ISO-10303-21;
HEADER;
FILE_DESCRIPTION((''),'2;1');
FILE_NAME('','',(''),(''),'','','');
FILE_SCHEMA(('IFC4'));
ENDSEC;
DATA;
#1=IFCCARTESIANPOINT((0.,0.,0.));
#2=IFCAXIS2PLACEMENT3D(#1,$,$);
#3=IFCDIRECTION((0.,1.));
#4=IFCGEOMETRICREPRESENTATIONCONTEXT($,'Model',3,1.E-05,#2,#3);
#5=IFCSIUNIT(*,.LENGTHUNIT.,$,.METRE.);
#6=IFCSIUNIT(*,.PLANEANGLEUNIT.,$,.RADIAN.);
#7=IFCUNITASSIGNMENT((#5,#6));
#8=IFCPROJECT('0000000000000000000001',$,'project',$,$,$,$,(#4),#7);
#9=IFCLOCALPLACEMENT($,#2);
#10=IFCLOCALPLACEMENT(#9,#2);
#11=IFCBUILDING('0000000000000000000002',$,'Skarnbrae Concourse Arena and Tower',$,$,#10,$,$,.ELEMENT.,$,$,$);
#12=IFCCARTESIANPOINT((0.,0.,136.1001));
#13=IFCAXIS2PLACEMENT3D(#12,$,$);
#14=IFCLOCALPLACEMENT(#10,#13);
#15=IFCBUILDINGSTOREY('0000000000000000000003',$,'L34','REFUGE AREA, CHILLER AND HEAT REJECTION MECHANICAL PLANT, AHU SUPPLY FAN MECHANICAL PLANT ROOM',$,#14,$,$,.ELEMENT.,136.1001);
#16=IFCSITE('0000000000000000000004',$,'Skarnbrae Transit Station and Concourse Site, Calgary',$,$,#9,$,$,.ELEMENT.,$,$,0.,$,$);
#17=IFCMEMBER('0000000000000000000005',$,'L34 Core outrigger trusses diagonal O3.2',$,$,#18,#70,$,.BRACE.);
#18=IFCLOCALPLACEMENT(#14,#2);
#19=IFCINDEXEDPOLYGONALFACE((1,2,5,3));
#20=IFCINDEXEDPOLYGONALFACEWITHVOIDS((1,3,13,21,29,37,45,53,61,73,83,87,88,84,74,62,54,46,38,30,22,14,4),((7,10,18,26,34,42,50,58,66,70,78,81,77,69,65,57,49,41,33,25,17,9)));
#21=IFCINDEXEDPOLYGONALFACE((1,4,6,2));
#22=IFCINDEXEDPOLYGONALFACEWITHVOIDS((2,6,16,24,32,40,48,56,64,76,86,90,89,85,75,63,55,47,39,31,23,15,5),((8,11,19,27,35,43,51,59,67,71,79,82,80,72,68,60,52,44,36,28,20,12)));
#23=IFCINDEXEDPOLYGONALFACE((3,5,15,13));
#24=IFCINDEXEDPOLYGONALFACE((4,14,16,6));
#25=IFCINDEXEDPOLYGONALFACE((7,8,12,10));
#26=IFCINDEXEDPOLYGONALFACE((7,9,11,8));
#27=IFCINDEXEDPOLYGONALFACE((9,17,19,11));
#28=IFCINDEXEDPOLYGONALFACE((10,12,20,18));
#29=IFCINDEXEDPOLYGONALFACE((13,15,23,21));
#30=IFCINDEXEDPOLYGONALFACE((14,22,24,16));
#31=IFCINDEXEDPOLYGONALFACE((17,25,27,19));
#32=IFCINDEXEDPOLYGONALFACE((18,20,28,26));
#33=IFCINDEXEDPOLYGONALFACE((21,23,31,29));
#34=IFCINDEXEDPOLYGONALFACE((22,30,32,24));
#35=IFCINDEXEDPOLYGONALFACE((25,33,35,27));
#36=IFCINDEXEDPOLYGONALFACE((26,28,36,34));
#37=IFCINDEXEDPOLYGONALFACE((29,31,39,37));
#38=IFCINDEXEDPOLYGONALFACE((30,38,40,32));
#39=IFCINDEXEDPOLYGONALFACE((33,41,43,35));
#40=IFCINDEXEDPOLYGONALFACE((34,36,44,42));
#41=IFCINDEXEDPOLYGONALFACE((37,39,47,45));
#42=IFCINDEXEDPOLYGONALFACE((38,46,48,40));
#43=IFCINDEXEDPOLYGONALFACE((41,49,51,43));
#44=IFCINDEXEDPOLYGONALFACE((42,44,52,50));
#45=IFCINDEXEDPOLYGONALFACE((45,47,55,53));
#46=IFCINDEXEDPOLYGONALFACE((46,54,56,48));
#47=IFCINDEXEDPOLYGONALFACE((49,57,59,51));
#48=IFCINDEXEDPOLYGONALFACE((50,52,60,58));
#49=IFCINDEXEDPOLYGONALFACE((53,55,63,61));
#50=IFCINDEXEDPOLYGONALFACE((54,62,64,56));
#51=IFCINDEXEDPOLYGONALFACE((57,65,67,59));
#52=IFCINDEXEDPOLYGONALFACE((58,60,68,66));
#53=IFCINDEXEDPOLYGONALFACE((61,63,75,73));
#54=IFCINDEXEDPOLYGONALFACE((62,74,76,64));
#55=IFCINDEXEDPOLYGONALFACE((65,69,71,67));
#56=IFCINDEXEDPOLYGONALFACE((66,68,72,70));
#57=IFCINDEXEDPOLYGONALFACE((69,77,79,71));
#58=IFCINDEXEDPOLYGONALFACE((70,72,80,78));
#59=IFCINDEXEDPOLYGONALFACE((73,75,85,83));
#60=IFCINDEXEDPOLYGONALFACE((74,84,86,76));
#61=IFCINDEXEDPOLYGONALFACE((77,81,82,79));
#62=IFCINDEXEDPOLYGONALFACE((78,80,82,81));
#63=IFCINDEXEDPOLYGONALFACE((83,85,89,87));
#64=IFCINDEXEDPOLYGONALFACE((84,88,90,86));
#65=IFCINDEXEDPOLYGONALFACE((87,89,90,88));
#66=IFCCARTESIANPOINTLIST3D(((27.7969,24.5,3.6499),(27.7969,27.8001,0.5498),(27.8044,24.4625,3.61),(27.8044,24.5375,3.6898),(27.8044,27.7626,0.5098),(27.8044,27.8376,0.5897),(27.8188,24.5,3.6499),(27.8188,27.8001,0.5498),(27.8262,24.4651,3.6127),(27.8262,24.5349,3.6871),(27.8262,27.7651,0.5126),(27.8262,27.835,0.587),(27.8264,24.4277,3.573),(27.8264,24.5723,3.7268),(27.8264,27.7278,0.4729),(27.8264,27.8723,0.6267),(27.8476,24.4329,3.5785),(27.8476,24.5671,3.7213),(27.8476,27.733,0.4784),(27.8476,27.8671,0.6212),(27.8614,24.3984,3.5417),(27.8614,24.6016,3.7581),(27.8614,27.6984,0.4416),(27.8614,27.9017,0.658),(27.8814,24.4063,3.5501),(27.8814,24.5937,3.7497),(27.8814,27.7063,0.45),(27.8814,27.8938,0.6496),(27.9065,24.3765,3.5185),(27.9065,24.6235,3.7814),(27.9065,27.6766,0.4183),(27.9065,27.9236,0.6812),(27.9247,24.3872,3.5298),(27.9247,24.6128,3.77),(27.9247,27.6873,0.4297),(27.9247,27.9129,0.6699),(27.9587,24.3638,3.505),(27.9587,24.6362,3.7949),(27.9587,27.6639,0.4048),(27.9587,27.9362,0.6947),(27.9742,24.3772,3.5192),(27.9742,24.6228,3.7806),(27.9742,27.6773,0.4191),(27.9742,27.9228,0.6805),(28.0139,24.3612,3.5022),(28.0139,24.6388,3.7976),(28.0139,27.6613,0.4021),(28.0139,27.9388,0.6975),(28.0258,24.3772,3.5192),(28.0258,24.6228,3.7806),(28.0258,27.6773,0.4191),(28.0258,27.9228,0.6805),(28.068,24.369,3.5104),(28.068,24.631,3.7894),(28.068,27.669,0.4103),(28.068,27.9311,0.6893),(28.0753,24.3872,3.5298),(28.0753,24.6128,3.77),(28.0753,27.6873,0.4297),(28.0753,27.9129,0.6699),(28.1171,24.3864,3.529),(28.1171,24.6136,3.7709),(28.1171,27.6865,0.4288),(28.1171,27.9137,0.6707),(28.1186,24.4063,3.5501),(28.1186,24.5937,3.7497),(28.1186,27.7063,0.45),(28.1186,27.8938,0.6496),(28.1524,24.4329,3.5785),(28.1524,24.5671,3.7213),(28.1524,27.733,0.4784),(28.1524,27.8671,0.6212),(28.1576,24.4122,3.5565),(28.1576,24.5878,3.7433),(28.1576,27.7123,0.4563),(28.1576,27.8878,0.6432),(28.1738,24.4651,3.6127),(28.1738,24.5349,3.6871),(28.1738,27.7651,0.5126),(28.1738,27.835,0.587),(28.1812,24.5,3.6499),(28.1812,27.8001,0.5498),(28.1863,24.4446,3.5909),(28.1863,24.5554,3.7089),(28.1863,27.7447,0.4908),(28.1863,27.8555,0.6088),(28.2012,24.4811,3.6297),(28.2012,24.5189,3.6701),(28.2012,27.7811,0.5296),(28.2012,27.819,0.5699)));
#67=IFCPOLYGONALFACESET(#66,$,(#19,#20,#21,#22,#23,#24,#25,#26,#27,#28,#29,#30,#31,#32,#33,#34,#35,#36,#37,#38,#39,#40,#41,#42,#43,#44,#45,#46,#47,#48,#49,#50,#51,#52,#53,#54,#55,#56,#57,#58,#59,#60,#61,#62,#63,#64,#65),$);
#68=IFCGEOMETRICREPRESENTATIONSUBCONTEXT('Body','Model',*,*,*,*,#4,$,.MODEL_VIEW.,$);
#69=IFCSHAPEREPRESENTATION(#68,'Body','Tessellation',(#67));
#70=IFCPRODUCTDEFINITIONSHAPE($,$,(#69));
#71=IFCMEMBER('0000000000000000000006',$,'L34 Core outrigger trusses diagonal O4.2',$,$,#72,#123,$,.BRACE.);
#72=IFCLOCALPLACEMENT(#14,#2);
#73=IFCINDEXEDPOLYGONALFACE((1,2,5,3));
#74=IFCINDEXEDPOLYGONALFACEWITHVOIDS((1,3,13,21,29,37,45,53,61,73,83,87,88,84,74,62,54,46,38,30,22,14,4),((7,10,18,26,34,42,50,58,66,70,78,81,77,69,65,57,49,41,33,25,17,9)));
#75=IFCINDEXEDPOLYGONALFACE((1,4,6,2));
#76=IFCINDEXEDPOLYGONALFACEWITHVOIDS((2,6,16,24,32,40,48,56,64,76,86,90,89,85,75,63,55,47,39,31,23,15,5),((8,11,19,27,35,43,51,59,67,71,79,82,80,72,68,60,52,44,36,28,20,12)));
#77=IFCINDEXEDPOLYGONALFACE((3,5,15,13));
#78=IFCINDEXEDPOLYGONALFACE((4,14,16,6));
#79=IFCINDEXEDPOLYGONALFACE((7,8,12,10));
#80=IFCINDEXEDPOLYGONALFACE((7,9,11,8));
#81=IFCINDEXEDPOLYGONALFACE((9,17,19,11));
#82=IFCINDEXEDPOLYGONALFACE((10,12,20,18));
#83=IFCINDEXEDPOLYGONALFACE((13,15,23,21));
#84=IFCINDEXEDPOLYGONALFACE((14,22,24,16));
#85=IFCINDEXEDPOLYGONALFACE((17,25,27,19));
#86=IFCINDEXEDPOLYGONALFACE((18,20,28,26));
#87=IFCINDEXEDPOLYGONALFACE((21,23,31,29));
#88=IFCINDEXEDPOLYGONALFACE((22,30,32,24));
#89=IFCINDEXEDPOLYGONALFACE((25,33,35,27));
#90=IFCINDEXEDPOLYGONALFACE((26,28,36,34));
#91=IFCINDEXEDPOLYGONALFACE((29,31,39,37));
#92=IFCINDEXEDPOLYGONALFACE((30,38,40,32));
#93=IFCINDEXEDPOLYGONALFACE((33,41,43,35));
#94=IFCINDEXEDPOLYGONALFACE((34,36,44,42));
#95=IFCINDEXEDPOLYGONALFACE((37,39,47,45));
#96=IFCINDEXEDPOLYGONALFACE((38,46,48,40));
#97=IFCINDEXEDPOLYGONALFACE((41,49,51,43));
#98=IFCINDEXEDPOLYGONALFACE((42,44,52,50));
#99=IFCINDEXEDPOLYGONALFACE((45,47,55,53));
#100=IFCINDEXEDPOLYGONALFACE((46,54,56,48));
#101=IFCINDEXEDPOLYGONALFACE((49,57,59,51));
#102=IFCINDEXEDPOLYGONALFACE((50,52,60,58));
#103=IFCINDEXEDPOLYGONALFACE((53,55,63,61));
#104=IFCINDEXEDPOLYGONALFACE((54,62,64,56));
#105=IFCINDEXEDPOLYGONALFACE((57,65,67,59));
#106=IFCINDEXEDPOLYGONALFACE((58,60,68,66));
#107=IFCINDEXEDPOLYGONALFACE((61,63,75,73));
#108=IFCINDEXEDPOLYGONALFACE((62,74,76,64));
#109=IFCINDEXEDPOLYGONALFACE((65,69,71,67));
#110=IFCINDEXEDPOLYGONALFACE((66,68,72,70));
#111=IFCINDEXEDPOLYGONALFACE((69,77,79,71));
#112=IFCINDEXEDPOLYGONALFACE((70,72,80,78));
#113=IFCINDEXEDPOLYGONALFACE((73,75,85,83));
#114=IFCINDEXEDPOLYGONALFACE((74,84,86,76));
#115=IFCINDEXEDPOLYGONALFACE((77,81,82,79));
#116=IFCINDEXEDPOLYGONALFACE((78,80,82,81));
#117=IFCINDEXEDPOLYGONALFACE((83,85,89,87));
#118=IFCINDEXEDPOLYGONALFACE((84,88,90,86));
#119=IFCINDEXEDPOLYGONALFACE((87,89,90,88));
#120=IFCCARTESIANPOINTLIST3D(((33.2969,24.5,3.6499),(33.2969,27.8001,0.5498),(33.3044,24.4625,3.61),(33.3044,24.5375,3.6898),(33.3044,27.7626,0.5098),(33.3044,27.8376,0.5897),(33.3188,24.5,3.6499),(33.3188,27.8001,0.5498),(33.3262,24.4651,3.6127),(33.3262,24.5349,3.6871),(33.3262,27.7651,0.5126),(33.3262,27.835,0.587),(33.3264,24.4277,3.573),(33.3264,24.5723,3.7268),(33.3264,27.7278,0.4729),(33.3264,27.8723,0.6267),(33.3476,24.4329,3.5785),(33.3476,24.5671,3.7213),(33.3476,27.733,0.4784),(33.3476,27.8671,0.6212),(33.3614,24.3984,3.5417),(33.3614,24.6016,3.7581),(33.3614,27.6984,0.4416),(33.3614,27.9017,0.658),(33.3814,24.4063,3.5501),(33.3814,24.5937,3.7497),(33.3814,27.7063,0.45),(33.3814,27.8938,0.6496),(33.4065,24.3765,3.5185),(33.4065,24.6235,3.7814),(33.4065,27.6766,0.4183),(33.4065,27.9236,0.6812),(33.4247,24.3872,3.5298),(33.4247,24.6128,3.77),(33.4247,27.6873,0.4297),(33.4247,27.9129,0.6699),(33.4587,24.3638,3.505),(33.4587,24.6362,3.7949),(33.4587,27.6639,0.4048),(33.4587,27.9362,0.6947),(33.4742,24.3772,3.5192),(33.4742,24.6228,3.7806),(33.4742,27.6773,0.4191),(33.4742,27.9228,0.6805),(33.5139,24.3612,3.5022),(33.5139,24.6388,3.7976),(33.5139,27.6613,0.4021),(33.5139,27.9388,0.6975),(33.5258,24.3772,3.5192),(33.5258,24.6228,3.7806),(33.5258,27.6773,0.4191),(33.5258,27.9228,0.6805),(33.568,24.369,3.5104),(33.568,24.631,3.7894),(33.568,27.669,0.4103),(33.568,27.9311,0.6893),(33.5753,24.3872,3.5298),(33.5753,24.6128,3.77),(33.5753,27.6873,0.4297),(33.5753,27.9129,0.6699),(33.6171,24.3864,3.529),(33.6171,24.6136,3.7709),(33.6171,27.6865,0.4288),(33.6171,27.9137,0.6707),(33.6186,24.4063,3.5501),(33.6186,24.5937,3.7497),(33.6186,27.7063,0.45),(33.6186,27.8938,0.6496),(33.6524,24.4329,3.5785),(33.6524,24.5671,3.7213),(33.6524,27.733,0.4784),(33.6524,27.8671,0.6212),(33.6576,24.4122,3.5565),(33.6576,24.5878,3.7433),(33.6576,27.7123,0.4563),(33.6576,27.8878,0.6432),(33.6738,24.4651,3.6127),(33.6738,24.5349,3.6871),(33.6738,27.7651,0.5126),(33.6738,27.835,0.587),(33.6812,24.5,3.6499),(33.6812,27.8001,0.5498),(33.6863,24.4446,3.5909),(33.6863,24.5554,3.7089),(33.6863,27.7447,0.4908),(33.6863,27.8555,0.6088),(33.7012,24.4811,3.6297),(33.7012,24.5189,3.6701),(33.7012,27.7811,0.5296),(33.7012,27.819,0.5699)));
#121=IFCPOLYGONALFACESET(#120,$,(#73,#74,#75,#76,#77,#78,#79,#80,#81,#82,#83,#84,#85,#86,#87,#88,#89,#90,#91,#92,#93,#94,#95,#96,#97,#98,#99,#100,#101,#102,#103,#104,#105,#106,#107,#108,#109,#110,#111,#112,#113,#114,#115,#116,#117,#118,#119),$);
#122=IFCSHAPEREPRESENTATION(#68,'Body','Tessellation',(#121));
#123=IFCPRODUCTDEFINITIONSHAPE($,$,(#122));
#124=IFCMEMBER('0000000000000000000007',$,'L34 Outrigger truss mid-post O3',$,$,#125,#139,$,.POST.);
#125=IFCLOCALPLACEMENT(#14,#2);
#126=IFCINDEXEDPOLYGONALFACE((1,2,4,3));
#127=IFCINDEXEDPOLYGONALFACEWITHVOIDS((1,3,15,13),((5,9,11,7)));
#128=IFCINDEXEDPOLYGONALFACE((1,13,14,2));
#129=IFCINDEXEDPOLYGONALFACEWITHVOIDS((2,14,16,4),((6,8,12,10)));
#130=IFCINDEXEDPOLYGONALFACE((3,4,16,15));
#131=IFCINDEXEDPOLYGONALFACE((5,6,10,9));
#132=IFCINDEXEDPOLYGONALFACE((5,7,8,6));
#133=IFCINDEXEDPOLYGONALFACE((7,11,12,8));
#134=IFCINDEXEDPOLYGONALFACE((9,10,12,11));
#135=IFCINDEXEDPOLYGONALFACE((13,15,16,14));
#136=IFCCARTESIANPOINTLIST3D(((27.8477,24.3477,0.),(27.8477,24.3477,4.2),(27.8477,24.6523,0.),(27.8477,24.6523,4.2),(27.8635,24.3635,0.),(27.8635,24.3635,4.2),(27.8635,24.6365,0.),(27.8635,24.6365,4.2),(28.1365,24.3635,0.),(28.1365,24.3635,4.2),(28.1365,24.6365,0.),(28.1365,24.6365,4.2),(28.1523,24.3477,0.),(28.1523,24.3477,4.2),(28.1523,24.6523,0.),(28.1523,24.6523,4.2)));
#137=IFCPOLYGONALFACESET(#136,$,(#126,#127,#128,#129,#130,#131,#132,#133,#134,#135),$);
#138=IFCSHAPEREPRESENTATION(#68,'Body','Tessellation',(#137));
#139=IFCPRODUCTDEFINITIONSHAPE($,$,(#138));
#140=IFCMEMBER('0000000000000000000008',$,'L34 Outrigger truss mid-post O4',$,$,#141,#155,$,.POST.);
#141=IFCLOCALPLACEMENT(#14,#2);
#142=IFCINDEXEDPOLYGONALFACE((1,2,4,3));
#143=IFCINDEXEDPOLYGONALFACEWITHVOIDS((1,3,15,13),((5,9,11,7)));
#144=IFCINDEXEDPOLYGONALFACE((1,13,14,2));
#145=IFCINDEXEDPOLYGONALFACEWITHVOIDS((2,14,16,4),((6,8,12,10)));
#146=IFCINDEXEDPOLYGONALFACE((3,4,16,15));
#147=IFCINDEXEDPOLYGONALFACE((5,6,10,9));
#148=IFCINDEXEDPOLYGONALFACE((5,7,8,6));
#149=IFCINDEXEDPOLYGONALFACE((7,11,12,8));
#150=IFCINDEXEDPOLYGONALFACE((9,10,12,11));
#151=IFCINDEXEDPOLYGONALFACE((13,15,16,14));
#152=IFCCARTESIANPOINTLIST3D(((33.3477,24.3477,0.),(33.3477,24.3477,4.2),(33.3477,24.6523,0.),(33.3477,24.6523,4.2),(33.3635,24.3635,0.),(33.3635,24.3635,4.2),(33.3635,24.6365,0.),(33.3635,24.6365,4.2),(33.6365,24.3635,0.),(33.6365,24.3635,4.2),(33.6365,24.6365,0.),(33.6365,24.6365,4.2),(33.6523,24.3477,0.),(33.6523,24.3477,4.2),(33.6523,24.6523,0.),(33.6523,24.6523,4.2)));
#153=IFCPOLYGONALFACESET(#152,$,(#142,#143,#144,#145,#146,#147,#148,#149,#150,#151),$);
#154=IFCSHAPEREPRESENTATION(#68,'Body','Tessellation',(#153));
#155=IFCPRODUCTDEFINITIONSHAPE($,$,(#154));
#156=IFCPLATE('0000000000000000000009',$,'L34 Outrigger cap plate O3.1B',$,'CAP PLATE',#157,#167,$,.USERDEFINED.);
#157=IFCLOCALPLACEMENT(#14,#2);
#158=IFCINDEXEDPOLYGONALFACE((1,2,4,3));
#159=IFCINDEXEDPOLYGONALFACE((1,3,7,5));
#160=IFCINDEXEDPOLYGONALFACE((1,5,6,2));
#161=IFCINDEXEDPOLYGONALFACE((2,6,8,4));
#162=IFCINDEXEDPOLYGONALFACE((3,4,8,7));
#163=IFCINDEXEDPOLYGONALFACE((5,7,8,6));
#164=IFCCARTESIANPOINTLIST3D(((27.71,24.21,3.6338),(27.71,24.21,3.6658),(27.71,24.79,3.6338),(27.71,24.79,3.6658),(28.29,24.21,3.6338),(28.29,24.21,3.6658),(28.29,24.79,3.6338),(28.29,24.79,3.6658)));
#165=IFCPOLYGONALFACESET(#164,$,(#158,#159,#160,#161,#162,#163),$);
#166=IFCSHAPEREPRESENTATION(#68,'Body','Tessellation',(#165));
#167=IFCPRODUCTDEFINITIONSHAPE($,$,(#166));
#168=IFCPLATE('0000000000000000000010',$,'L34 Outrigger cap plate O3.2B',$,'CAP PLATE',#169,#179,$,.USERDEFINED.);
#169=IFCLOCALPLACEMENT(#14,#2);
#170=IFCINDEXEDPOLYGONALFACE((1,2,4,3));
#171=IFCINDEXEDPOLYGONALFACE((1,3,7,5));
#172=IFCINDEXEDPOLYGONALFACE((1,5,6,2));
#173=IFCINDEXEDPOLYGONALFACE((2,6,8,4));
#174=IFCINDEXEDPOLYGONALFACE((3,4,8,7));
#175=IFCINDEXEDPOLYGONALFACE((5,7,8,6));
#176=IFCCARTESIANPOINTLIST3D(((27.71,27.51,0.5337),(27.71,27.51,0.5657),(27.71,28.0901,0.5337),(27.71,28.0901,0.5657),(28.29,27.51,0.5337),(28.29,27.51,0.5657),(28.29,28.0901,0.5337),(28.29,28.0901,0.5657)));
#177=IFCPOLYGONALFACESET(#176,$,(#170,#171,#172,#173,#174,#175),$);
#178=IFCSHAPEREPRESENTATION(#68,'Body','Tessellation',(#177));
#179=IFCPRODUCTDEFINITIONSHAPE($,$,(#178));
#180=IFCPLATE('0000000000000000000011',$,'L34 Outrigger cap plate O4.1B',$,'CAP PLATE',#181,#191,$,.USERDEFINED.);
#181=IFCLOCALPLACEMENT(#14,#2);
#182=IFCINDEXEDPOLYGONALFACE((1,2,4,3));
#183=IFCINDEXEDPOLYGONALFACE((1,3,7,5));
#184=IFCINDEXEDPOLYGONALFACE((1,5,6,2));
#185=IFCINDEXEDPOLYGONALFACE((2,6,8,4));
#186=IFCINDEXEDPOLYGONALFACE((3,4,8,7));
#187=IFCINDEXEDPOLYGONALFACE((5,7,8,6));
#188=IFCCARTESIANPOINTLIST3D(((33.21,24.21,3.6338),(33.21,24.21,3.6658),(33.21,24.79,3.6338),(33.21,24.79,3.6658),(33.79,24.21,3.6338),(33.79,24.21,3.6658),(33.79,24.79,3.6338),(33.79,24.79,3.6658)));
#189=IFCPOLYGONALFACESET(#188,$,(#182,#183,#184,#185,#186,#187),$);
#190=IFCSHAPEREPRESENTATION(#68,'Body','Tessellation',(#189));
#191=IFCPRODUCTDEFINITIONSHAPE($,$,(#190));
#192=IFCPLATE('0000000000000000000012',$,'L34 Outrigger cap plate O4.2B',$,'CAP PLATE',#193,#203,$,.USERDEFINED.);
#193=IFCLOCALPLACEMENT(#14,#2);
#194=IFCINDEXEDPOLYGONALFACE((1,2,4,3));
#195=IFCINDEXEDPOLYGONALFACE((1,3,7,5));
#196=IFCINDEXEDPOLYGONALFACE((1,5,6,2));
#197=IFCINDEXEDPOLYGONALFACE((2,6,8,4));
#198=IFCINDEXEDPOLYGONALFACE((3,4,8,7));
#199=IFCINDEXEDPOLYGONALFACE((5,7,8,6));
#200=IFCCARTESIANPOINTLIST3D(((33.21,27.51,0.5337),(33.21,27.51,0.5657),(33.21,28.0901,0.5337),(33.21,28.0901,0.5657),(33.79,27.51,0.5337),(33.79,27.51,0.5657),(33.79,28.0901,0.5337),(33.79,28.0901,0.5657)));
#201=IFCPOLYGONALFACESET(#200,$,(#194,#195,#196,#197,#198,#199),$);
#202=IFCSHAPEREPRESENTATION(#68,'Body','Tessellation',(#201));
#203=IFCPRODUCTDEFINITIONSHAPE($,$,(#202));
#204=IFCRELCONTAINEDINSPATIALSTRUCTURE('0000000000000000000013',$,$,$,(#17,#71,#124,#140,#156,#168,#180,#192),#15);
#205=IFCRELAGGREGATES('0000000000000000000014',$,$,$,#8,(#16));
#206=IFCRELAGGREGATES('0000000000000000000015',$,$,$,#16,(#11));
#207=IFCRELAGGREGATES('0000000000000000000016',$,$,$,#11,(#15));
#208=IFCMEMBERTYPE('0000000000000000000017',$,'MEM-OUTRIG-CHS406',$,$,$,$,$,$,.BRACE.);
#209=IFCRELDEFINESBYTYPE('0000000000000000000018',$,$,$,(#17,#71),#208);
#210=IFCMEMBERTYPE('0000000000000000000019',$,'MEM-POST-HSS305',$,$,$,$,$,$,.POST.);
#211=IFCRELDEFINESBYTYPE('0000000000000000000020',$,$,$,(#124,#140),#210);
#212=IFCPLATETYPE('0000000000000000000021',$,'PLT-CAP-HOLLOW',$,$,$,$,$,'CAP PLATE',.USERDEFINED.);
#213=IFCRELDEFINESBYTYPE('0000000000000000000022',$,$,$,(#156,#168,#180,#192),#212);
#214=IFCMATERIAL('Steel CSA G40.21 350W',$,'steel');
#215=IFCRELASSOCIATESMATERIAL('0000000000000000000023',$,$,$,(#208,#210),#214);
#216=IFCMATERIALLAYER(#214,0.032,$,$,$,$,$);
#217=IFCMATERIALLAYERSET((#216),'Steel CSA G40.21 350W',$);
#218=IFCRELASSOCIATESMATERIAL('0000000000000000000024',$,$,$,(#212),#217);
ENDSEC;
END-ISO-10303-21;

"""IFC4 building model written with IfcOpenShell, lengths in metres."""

from ifc_helpers import new_model, si_unit, direction, frame, origin, origin_2d, place, context, subcontext, project, spatial, rectangle, hollow_rectangle, hollow_circle, extrude, source, transform, mapped, material, layer, layer_set, material_profile, profile_set, type_object, element, save


model = new_model("IFC4")

# Units and contexts
model_context = context("Model", 3, precision=1e-05, world=origin(), true_north=direction((0.0, 1.0)))
body_context = subcontext(model_context, "Body", "Model", "MODEL_VIEW")
ifc_project = project(units=[si_unit("LENGTHUNIT", "METRE"), si_unit("PLANEANGLEUNIT", "RADIAN")], contexts=[model_context])

# Site, building, storey
site_placement = place(None, origin())
site = spatial("IfcSite", under=ifc_project, at=site_placement, Name="Skarnbrae Transit Station and Concourse Site, Calgary", CompositionType="ELEMENT", RefElevation=0.0)
building_placement = place(site_placement, origin())
building = spatial("IfcBuilding", under=site, at=building_placement, Name="Skarnbrae Concourse Arena and Tower", CompositionType="ELEMENT")
storey_placement = place(building_placement, frame((0.0, 0.0, 136.1001)))
storey = spatial("IfcBuildingStorey", under=building, at=storey_placement, Name="L34", Description="REFUGE AREA, CHILLER AND HEAT REJECTION MECHANICAL PLANT, AHU SUPPLY FAN MECHANICAL PLANT ROOM", CompositionType="ELEMENT", Elevation=136.1001)

# Shared definitions
ifc_material = material(Name="Steel CSA G40.21 350W", Category="steel")

# Members
ifc_material_profile_1 = material_profile(ifc_material, hollow_circle(Radius=0.2031, WallThickness=0.022, at=origin_2d()), Name="HSS406X22.0")
ifc_profile_set_1 = profile_set([ifc_material_profile_1], Name="Steel CSA G40.21 350W")
member_type_1 = type_object("IfcMemberType", Name="MEM-OUTRIG-CHS406", PredefinedType="BRACE", material=ifc_profile_set_1)
shared_shape_1 = source(origin(), body_context, "Body", "SweptSolid", [
    extrude(hollow_circle(Radius=0.2031, WallThickness=0.022, at=origin_2d()), origin(), (0.0, 0.0, 1.0), 4.5278),
])
for number, where, z_axis, x_axis, name in (
    (1, (28.0, 24.5, 3.6499), (0.0, 0.728842, -0.684682), (-1.0, 0.0, 0.0), "L34 Core outrigger trusses diagonal O3.2"),
    (2, (33.5, 24.5, 3.6499), (0.0, 0.728842, -0.684682), (-1.0, 0.0, 0.0), "L34 Core outrigger trusses diagonal O4.2"),
):
    element("IfcMember", number, at=place(storey_placement, frame(where, z_axis=z_axis, x_axis=x_axis)), inside=storey, type_object=member_type_1, Name=name, PredefinedType="BRACE", context=body_context, shape_type="MappedRepresentation", body=[
        mapped(shared_shape_1, transform((0.0, 0.0, 0.0))),
    ])
ifc_material_profile_2 = material_profile(ifc_material, hollow_rectangle(XDim=0.3047, YDim=0.3047, WallThickness=0.0159, at=origin_2d()), Name="HSS305X305X15.9")
ifc_profile_set_2 = profile_set([ifc_material_profile_2], Name="Steel CSA G40.21 350W")
member_type_2 = type_object("IfcMemberType", Name="MEM-POST-HSS305", PredefinedType="POST", material=ifc_profile_set_2)
shared_shape_2 = source(origin(), body_context, "Body", "SweptSolid", [
    extrude(hollow_rectangle(XDim=0.3047, YDim=0.3047, WallThickness=0.0159, at=origin_2d()), origin(), (0.0, 0.0, 1.0), 4.2),
])
for number, where, z_axis, x_axis, name in (
    (3, (28.0, 24.5, 0.0), (0.0, 0.0, 1.0), (1.0, 0.0, 0.0), "L34 Outrigger truss mid-post O3"),
    (4, (33.5, 24.5, 0.0), (0.0, 0.0, 1.0), (1.0, 0.0, 0.0), "L34 Outrigger truss mid-post O4"),
):
    element("IfcMember", number, at=place(storey_placement, frame(where, z_axis=z_axis, x_axis=x_axis)), inside=storey, type_object=member_type_2, Name=name, PredefinedType="POST", context=body_context, shape_type="MappedRepresentation", body=[
        mapped(shared_shape_2, transform((0.0, 0.0, 0.0))),
    ])

# Plates
ifc_layer_1 = layer(ifc_material, 0.032)
ifc_layer_set_1 = layer_set([ifc_layer_1], Name="Steel CSA G40.21 350W")
plate_type_1 = type_object("IfcPlateType", Name="PLT-CAP-HOLLOW", ElementType="CAP PLATE", PredefinedType="USERDEFINED", material=ifc_layer_set_1)
shared_shape_3 = source(origin(), body_context, "Body", "SweptSolid", [
    extrude(rectangle(XDim=0.5801, YDim=0.5801, at=origin_2d()), origin(), (0.0, 0.0, 1.0), 0.032),
])
for number, where, z_axis, x_axis, name in (
    (5, (28.0, 24.5, 3.6338), (0.0, 0.0, 1.0), (1.0, 0.0, 0.0), "L34 Outrigger cap plate O3.1B"),
    (6, (28.0, 27.8, 0.5337), (0.0, 0.0, 1.0), (1.0, 0.0, 0.0), "L34 Outrigger cap plate O3.2B"),
    (7, (33.5, 24.5, 3.6338), (0.0, 0.0, 1.0), (1.0, 0.0, 0.0), "L34 Outrigger cap plate O4.1B"),
    (8, (33.5, 27.8, 0.5337), (0.0, 0.0, 1.0), (1.0, 0.0, 0.0), "L34 Outrigger cap plate O4.2B"),
):
    element("IfcPlate", number, at=place(storey_placement, frame(where, z_axis=z_axis, x_axis=x_axis)), inside=storey, type_object=plate_type_1, Name=name, ObjectType="CAP PLATE", PredefinedType="USERDEFINED", context=body_context, shape_type="MappedRepresentation", body=[
        mapped(shared_shape_3, transform((0.0, 0.0, 0.0))),
    ])

save(model, "model.ifc")
